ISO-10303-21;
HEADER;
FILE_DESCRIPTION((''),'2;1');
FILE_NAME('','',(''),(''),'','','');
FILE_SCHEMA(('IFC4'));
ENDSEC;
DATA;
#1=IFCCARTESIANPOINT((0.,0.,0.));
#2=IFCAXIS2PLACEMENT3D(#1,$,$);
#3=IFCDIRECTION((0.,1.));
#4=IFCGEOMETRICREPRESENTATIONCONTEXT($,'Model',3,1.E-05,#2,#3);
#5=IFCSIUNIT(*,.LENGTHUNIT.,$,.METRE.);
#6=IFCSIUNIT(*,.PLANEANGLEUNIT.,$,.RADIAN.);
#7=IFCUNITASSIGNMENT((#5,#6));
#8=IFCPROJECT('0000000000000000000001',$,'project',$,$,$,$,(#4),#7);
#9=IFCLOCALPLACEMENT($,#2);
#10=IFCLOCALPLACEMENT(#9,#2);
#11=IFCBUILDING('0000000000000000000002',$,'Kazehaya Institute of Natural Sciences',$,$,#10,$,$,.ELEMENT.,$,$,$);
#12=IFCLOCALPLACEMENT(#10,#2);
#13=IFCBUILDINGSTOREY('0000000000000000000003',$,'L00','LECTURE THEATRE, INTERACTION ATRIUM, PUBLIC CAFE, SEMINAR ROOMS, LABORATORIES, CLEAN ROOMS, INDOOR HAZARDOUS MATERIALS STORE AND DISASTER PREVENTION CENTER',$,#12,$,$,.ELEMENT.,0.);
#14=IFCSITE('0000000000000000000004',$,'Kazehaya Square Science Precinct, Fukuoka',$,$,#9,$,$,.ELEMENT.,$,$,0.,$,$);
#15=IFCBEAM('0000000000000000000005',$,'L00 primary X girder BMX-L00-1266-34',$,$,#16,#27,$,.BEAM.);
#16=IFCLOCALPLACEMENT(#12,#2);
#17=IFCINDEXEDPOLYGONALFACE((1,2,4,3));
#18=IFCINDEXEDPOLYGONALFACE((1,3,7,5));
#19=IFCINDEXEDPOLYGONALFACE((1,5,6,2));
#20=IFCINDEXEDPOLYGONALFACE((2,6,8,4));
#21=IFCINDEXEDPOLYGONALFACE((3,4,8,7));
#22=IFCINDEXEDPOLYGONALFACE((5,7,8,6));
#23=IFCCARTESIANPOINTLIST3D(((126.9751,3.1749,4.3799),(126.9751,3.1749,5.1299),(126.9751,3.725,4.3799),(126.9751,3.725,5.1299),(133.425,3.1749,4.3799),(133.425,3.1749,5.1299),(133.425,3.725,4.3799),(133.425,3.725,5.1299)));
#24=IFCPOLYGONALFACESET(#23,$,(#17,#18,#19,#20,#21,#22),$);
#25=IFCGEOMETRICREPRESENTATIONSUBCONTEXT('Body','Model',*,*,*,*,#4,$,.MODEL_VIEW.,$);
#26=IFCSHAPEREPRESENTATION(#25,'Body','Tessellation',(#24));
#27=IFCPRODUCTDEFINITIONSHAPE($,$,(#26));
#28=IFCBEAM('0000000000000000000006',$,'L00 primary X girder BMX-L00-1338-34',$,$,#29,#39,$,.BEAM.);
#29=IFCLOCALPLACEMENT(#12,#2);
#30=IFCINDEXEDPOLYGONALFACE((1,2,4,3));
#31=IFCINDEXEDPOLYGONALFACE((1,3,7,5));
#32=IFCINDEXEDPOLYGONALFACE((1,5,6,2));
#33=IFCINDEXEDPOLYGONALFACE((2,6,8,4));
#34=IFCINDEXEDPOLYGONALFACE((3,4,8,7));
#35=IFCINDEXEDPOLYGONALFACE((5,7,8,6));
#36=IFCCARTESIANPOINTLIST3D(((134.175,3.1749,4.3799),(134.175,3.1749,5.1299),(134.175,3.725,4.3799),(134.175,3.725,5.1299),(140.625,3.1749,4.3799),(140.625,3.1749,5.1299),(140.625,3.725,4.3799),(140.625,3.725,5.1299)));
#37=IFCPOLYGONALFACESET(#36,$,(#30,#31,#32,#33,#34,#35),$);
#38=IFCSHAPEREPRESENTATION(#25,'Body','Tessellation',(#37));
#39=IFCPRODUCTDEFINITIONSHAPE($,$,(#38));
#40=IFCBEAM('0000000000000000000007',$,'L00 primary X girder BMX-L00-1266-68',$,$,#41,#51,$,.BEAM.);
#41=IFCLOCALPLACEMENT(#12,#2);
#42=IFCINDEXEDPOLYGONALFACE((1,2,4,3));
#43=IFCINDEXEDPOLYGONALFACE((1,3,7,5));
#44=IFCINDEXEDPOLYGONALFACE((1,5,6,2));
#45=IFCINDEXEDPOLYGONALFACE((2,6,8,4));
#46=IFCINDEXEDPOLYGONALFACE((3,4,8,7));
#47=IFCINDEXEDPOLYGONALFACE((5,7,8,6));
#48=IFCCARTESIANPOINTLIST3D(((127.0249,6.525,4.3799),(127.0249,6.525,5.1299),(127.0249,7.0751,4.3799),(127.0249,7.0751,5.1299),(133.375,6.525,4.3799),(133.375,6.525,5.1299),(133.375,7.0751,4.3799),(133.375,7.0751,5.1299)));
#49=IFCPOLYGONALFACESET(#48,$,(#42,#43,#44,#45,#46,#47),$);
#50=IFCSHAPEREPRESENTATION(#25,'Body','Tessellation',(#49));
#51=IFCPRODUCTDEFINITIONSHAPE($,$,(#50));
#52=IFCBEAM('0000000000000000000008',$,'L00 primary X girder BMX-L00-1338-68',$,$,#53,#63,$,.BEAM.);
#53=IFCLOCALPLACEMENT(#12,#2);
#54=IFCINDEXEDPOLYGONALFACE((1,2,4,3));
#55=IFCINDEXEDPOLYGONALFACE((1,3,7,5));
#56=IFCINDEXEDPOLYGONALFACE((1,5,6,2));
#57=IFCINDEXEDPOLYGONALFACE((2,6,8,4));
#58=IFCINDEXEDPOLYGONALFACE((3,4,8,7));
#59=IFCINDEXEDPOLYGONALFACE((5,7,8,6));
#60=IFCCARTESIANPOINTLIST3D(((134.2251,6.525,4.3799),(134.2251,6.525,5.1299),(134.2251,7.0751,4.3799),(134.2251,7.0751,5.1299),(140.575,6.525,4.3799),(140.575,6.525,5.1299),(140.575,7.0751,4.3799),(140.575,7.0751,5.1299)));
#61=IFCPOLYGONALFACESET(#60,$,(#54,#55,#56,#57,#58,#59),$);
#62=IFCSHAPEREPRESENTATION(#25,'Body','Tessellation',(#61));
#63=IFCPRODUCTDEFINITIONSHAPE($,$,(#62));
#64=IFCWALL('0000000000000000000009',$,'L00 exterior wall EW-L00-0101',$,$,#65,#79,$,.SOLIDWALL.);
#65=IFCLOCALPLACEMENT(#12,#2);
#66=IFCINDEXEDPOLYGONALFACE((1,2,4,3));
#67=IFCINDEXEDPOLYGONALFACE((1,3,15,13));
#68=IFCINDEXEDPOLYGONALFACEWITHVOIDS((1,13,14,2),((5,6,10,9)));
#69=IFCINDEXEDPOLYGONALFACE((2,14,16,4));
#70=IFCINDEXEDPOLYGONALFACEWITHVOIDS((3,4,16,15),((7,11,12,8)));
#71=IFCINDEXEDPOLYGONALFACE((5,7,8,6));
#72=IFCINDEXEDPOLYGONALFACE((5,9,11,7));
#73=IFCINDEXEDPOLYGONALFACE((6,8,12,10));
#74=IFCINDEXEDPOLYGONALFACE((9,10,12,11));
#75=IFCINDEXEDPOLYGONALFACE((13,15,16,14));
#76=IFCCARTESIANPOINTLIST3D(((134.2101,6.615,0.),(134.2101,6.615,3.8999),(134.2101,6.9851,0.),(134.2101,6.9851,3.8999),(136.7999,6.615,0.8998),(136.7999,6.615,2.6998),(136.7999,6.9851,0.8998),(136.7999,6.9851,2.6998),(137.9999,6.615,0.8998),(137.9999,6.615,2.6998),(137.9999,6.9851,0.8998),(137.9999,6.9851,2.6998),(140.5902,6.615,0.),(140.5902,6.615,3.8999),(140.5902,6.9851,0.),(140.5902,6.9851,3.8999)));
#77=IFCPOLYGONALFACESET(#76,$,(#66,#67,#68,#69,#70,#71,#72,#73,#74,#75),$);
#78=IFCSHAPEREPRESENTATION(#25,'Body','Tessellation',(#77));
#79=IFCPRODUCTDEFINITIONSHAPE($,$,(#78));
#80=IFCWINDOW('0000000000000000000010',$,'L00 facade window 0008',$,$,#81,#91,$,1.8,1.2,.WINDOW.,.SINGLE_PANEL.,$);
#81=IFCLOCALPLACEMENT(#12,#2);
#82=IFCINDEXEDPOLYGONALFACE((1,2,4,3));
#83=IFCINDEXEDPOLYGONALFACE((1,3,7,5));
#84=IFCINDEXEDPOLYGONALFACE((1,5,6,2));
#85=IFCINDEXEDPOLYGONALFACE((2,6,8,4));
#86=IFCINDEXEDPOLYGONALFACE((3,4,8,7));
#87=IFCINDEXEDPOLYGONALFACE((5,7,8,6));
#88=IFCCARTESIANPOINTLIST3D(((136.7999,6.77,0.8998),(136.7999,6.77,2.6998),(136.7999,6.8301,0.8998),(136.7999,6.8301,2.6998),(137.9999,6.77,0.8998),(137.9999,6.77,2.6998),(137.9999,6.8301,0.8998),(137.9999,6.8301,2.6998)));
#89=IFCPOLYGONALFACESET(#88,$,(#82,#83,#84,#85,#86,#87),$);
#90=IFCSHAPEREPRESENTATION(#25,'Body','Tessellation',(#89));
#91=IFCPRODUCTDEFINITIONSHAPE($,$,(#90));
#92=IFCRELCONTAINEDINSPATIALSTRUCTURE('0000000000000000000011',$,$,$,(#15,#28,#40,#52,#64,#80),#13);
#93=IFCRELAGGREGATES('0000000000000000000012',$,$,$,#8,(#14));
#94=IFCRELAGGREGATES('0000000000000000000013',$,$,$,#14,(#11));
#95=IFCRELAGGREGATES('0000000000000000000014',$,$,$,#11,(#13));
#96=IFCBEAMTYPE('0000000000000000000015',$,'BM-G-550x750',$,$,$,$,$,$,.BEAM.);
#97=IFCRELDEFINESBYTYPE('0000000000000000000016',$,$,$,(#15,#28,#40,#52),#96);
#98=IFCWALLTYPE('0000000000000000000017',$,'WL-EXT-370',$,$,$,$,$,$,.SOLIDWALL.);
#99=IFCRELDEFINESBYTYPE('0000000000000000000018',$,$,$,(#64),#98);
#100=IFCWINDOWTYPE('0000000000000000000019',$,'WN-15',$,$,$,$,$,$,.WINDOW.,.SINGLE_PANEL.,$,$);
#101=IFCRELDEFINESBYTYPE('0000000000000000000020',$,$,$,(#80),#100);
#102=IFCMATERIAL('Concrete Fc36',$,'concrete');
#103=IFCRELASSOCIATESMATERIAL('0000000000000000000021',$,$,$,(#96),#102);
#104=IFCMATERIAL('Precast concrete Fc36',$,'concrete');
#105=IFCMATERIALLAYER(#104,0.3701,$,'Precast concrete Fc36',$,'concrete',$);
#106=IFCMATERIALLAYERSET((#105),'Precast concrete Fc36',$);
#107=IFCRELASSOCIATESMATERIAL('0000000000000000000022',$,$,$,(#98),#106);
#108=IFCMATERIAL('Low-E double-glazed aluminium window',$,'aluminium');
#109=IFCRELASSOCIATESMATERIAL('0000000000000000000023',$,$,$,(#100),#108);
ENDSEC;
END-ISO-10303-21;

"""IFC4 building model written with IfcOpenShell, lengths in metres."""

from ifc_helpers import new_model, si_unit, direction, frame, frame_2d, origin, origin_2d, place, context, subcontext, project, spatial, rectangle, extrude, material, layer, layer_set, material_profile, profile_set, type_object, element, fill, save


model = new_model("IFC4")

# Units and contexts
model_context = context("Model", 3, precision=1e-05, world=origin(), true_north=direction((0.0, 1.0)))
body_context = subcontext(model_context, "Body", "Model", "MODEL_VIEW")
ifc_project = project(units=[si_unit("LENGTHUNIT", "METRE"), si_unit("PLANEANGLEUNIT", "RADIAN")], contexts=[model_context])

# Site, building, storey
site_placement = place(None, origin())
site = spatial("IfcSite", under=ifc_project, at=site_placement, Name="Kazehaya Square Science Precinct, Fukuoka", CompositionType="ELEMENT", RefElevation=0.0)
building_placement = place(site_placement, origin())
building = spatial("IfcBuilding", under=site, at=building_placement, Name="Kazehaya Institute of Natural Sciences", CompositionType="ELEMENT")
storey_placement = place(building_placement, origin())
storey = spatial("IfcBuildingStorey", under=building, at=storey_placement, Name="L00", Description="LECTURE THEATRE, INTERACTION ATRIUM, PUBLIC CAFE, SEMINAR ROOMS, LABORATORIES, CLEAN ROOMS, INDOOR HAZARDOUS MATERIALS STORE AND DISASTER PREVENTION CENTER", CompositionType="ELEMENT", Elevation=0.0)

# Shared definitions
ifc_material_1 = material(Name="Concrete Fc36", Category="concrete")
ifc_material_2 = material(Name="Precast concrete Fc36", Category="concrete")

# Beams
ifc_material_profile_1 = material_profile(ifc_material_1, rectangle(XDim=0.55, YDim=0.75, at=origin_2d()), Name="RC-550x750")
ifc_profile_set_1 = profile_set([ifc_material_profile_1], Name="Concrete Fc36")
beam_type_1 = type_object("IfcBeamType", Name="BM-G-550x750", PredefinedType="BEAM", material=ifc_profile_set_1)
for number, where, z_axis, x_axis, name in (
    (1, (126.9751, 3.45, 4.7549), (1.0, 0.0, 0.0), (0.0, 1.0, 0.0), "L00 primary X girder BMX-L00-1266-34"),
    (2, (134.175, 3.45, 4.7549), (1.0, 0.0, 0.0), (0.0, 1.0, 0.0), "L00 primary X girder BMX-L00-1338-34"),
):
    element("IfcBeam", number, at=place(storey_placement, frame(where, z_axis=z_axis, x_axis=x_axis)), inside=storey, type_object=beam_type_1, Name=name, PredefinedType="BEAM", context=body_context, shape_type="SweptSolid", body=[
        extrude(rectangle(XDim=0.55, YDim=0.75, at=origin_2d()), origin(), (0.0, 0.0, 1.0), 6.45),
    ])
beam_1_placement = place(storey_placement, frame((127.0249, 6.8, 4.7549), z_axis=(1.0, 0.0, 0.0), x_axis=(0.0, 1.0, 0.0)))
element("IfcBeam", 3, at=beam_1_placement, inside=storey, type_object=beam_type_1, Name="L00 primary X girder BMX-L00-1266-68", PredefinedType="BEAM", context=body_context, shape_type="SweptSolid", body=[
    extrude(rectangle(XDim=0.55, YDim=0.75, at=origin_2d()), origin(), (0.0, 0.0, 1.0), 6.3501),
])
beam_2_placement = place(storey_placement, frame((134.2251, 6.8, 4.7549), z_axis=(1.0, 0.0, 0.0), x_axis=(0.0, 1.0, 0.0)))
element("IfcBeam", 4, at=beam_2_placement, inside=storey, type_object=beam_type_1, Name="L00 primary X girder BMX-L00-1338-68", PredefinedType="BEAM", context=body_context, shape_type="SweptSolid", body=[
    extrude(rectangle(XDim=0.55, YDim=0.75, at=origin_2d()), origin(), (0.0, 0.0, 1.0), 6.3499),
])

# Wall, opening, window
ifc_layer = layer(ifc_material_2, 0.3701, Name="Precast concrete Fc36", Category="concrete")
ifc_layer_set = layer_set([ifc_layer], Name="Precast concrete Fc36")
wall_type = type_object("IfcWallType", Name="WL-EXT-370", PredefinedType="SOLIDWALL", material=ifc_layer_set)
wall_1_placement = place(storey_placement, frame((140.5901, 6.8, 0.0), z_axis=(0.0, 0.0, 1.0), x_axis=(-1.0, 0.0, 0.0)))
wall_1 = element("IfcWall", 5, at=wall_1_placement, inside=storey, type_object=wall_type, Name="L00 exterior wall EW-L00-0101", PredefinedType="SOLIDWALL", context=body_context, shape_type="SweptSolid", body=[
    extrude(rectangle(XDim=6.3801, YDim=0.3701, at=frame_2d((3.1899, 0.0))), origin(), (0.0, 0.0, 1.0), 3.8999),
])
opening_1_placement = place(wall_1_placement, frame((2.5901, 0.0, 0.8999)))
opening_1 = element("IfcOpeningElement", 6, at=opening_1_placement, cuts=wall_1, PredefinedType="OPENING", context=body_context, shape_type="SweptSolid", body=[
    extrude(rectangle(XDim=1.2, YDim=1.8, at=frame_2d((0.6001, 0.8999))), frame((0.0, 0.1951, 0.0), z_axis=(0.0, -1.0, 0.0), x_axis=(1.0, 0.0, 0.0)), (0.0, 0.0, 1.0), 0.3901),
])
ifc_material_3 = material(Name="Low-E double-glazed aluminium window", Category="aluminium")
window_type = type_object("IfcWindowType", Name="WN-15", PartitioningType="SINGLE_PANEL", PredefinedType="WINDOW", material=ifc_material_3)
window_placement = place(opening_1_placement, origin())
window = element("IfcWindow", 7, at=window_placement, inside=storey, type_object=window_type, Name="L00 facade window 0008", OverallHeight=1.8, OverallWidth=1.2, PartitioningType="SINGLE_PANEL", PredefinedType="WINDOW", context=body_context, shape_type="SweptSolid", body=[
    extrude(rectangle(XDim=1.2, YDim=1.8, at=frame_2d((0.6001, 0.8999))), frame((0.0, 0.03, 0.0), z_axis=(0.0, -1.0, 0.0), x_axis=(1.0, 0.0, 0.0)), (0.0, 0.0, 1.0), 0.0601),
])
fill(opening_1, window)

save(model, "model.ifc")
